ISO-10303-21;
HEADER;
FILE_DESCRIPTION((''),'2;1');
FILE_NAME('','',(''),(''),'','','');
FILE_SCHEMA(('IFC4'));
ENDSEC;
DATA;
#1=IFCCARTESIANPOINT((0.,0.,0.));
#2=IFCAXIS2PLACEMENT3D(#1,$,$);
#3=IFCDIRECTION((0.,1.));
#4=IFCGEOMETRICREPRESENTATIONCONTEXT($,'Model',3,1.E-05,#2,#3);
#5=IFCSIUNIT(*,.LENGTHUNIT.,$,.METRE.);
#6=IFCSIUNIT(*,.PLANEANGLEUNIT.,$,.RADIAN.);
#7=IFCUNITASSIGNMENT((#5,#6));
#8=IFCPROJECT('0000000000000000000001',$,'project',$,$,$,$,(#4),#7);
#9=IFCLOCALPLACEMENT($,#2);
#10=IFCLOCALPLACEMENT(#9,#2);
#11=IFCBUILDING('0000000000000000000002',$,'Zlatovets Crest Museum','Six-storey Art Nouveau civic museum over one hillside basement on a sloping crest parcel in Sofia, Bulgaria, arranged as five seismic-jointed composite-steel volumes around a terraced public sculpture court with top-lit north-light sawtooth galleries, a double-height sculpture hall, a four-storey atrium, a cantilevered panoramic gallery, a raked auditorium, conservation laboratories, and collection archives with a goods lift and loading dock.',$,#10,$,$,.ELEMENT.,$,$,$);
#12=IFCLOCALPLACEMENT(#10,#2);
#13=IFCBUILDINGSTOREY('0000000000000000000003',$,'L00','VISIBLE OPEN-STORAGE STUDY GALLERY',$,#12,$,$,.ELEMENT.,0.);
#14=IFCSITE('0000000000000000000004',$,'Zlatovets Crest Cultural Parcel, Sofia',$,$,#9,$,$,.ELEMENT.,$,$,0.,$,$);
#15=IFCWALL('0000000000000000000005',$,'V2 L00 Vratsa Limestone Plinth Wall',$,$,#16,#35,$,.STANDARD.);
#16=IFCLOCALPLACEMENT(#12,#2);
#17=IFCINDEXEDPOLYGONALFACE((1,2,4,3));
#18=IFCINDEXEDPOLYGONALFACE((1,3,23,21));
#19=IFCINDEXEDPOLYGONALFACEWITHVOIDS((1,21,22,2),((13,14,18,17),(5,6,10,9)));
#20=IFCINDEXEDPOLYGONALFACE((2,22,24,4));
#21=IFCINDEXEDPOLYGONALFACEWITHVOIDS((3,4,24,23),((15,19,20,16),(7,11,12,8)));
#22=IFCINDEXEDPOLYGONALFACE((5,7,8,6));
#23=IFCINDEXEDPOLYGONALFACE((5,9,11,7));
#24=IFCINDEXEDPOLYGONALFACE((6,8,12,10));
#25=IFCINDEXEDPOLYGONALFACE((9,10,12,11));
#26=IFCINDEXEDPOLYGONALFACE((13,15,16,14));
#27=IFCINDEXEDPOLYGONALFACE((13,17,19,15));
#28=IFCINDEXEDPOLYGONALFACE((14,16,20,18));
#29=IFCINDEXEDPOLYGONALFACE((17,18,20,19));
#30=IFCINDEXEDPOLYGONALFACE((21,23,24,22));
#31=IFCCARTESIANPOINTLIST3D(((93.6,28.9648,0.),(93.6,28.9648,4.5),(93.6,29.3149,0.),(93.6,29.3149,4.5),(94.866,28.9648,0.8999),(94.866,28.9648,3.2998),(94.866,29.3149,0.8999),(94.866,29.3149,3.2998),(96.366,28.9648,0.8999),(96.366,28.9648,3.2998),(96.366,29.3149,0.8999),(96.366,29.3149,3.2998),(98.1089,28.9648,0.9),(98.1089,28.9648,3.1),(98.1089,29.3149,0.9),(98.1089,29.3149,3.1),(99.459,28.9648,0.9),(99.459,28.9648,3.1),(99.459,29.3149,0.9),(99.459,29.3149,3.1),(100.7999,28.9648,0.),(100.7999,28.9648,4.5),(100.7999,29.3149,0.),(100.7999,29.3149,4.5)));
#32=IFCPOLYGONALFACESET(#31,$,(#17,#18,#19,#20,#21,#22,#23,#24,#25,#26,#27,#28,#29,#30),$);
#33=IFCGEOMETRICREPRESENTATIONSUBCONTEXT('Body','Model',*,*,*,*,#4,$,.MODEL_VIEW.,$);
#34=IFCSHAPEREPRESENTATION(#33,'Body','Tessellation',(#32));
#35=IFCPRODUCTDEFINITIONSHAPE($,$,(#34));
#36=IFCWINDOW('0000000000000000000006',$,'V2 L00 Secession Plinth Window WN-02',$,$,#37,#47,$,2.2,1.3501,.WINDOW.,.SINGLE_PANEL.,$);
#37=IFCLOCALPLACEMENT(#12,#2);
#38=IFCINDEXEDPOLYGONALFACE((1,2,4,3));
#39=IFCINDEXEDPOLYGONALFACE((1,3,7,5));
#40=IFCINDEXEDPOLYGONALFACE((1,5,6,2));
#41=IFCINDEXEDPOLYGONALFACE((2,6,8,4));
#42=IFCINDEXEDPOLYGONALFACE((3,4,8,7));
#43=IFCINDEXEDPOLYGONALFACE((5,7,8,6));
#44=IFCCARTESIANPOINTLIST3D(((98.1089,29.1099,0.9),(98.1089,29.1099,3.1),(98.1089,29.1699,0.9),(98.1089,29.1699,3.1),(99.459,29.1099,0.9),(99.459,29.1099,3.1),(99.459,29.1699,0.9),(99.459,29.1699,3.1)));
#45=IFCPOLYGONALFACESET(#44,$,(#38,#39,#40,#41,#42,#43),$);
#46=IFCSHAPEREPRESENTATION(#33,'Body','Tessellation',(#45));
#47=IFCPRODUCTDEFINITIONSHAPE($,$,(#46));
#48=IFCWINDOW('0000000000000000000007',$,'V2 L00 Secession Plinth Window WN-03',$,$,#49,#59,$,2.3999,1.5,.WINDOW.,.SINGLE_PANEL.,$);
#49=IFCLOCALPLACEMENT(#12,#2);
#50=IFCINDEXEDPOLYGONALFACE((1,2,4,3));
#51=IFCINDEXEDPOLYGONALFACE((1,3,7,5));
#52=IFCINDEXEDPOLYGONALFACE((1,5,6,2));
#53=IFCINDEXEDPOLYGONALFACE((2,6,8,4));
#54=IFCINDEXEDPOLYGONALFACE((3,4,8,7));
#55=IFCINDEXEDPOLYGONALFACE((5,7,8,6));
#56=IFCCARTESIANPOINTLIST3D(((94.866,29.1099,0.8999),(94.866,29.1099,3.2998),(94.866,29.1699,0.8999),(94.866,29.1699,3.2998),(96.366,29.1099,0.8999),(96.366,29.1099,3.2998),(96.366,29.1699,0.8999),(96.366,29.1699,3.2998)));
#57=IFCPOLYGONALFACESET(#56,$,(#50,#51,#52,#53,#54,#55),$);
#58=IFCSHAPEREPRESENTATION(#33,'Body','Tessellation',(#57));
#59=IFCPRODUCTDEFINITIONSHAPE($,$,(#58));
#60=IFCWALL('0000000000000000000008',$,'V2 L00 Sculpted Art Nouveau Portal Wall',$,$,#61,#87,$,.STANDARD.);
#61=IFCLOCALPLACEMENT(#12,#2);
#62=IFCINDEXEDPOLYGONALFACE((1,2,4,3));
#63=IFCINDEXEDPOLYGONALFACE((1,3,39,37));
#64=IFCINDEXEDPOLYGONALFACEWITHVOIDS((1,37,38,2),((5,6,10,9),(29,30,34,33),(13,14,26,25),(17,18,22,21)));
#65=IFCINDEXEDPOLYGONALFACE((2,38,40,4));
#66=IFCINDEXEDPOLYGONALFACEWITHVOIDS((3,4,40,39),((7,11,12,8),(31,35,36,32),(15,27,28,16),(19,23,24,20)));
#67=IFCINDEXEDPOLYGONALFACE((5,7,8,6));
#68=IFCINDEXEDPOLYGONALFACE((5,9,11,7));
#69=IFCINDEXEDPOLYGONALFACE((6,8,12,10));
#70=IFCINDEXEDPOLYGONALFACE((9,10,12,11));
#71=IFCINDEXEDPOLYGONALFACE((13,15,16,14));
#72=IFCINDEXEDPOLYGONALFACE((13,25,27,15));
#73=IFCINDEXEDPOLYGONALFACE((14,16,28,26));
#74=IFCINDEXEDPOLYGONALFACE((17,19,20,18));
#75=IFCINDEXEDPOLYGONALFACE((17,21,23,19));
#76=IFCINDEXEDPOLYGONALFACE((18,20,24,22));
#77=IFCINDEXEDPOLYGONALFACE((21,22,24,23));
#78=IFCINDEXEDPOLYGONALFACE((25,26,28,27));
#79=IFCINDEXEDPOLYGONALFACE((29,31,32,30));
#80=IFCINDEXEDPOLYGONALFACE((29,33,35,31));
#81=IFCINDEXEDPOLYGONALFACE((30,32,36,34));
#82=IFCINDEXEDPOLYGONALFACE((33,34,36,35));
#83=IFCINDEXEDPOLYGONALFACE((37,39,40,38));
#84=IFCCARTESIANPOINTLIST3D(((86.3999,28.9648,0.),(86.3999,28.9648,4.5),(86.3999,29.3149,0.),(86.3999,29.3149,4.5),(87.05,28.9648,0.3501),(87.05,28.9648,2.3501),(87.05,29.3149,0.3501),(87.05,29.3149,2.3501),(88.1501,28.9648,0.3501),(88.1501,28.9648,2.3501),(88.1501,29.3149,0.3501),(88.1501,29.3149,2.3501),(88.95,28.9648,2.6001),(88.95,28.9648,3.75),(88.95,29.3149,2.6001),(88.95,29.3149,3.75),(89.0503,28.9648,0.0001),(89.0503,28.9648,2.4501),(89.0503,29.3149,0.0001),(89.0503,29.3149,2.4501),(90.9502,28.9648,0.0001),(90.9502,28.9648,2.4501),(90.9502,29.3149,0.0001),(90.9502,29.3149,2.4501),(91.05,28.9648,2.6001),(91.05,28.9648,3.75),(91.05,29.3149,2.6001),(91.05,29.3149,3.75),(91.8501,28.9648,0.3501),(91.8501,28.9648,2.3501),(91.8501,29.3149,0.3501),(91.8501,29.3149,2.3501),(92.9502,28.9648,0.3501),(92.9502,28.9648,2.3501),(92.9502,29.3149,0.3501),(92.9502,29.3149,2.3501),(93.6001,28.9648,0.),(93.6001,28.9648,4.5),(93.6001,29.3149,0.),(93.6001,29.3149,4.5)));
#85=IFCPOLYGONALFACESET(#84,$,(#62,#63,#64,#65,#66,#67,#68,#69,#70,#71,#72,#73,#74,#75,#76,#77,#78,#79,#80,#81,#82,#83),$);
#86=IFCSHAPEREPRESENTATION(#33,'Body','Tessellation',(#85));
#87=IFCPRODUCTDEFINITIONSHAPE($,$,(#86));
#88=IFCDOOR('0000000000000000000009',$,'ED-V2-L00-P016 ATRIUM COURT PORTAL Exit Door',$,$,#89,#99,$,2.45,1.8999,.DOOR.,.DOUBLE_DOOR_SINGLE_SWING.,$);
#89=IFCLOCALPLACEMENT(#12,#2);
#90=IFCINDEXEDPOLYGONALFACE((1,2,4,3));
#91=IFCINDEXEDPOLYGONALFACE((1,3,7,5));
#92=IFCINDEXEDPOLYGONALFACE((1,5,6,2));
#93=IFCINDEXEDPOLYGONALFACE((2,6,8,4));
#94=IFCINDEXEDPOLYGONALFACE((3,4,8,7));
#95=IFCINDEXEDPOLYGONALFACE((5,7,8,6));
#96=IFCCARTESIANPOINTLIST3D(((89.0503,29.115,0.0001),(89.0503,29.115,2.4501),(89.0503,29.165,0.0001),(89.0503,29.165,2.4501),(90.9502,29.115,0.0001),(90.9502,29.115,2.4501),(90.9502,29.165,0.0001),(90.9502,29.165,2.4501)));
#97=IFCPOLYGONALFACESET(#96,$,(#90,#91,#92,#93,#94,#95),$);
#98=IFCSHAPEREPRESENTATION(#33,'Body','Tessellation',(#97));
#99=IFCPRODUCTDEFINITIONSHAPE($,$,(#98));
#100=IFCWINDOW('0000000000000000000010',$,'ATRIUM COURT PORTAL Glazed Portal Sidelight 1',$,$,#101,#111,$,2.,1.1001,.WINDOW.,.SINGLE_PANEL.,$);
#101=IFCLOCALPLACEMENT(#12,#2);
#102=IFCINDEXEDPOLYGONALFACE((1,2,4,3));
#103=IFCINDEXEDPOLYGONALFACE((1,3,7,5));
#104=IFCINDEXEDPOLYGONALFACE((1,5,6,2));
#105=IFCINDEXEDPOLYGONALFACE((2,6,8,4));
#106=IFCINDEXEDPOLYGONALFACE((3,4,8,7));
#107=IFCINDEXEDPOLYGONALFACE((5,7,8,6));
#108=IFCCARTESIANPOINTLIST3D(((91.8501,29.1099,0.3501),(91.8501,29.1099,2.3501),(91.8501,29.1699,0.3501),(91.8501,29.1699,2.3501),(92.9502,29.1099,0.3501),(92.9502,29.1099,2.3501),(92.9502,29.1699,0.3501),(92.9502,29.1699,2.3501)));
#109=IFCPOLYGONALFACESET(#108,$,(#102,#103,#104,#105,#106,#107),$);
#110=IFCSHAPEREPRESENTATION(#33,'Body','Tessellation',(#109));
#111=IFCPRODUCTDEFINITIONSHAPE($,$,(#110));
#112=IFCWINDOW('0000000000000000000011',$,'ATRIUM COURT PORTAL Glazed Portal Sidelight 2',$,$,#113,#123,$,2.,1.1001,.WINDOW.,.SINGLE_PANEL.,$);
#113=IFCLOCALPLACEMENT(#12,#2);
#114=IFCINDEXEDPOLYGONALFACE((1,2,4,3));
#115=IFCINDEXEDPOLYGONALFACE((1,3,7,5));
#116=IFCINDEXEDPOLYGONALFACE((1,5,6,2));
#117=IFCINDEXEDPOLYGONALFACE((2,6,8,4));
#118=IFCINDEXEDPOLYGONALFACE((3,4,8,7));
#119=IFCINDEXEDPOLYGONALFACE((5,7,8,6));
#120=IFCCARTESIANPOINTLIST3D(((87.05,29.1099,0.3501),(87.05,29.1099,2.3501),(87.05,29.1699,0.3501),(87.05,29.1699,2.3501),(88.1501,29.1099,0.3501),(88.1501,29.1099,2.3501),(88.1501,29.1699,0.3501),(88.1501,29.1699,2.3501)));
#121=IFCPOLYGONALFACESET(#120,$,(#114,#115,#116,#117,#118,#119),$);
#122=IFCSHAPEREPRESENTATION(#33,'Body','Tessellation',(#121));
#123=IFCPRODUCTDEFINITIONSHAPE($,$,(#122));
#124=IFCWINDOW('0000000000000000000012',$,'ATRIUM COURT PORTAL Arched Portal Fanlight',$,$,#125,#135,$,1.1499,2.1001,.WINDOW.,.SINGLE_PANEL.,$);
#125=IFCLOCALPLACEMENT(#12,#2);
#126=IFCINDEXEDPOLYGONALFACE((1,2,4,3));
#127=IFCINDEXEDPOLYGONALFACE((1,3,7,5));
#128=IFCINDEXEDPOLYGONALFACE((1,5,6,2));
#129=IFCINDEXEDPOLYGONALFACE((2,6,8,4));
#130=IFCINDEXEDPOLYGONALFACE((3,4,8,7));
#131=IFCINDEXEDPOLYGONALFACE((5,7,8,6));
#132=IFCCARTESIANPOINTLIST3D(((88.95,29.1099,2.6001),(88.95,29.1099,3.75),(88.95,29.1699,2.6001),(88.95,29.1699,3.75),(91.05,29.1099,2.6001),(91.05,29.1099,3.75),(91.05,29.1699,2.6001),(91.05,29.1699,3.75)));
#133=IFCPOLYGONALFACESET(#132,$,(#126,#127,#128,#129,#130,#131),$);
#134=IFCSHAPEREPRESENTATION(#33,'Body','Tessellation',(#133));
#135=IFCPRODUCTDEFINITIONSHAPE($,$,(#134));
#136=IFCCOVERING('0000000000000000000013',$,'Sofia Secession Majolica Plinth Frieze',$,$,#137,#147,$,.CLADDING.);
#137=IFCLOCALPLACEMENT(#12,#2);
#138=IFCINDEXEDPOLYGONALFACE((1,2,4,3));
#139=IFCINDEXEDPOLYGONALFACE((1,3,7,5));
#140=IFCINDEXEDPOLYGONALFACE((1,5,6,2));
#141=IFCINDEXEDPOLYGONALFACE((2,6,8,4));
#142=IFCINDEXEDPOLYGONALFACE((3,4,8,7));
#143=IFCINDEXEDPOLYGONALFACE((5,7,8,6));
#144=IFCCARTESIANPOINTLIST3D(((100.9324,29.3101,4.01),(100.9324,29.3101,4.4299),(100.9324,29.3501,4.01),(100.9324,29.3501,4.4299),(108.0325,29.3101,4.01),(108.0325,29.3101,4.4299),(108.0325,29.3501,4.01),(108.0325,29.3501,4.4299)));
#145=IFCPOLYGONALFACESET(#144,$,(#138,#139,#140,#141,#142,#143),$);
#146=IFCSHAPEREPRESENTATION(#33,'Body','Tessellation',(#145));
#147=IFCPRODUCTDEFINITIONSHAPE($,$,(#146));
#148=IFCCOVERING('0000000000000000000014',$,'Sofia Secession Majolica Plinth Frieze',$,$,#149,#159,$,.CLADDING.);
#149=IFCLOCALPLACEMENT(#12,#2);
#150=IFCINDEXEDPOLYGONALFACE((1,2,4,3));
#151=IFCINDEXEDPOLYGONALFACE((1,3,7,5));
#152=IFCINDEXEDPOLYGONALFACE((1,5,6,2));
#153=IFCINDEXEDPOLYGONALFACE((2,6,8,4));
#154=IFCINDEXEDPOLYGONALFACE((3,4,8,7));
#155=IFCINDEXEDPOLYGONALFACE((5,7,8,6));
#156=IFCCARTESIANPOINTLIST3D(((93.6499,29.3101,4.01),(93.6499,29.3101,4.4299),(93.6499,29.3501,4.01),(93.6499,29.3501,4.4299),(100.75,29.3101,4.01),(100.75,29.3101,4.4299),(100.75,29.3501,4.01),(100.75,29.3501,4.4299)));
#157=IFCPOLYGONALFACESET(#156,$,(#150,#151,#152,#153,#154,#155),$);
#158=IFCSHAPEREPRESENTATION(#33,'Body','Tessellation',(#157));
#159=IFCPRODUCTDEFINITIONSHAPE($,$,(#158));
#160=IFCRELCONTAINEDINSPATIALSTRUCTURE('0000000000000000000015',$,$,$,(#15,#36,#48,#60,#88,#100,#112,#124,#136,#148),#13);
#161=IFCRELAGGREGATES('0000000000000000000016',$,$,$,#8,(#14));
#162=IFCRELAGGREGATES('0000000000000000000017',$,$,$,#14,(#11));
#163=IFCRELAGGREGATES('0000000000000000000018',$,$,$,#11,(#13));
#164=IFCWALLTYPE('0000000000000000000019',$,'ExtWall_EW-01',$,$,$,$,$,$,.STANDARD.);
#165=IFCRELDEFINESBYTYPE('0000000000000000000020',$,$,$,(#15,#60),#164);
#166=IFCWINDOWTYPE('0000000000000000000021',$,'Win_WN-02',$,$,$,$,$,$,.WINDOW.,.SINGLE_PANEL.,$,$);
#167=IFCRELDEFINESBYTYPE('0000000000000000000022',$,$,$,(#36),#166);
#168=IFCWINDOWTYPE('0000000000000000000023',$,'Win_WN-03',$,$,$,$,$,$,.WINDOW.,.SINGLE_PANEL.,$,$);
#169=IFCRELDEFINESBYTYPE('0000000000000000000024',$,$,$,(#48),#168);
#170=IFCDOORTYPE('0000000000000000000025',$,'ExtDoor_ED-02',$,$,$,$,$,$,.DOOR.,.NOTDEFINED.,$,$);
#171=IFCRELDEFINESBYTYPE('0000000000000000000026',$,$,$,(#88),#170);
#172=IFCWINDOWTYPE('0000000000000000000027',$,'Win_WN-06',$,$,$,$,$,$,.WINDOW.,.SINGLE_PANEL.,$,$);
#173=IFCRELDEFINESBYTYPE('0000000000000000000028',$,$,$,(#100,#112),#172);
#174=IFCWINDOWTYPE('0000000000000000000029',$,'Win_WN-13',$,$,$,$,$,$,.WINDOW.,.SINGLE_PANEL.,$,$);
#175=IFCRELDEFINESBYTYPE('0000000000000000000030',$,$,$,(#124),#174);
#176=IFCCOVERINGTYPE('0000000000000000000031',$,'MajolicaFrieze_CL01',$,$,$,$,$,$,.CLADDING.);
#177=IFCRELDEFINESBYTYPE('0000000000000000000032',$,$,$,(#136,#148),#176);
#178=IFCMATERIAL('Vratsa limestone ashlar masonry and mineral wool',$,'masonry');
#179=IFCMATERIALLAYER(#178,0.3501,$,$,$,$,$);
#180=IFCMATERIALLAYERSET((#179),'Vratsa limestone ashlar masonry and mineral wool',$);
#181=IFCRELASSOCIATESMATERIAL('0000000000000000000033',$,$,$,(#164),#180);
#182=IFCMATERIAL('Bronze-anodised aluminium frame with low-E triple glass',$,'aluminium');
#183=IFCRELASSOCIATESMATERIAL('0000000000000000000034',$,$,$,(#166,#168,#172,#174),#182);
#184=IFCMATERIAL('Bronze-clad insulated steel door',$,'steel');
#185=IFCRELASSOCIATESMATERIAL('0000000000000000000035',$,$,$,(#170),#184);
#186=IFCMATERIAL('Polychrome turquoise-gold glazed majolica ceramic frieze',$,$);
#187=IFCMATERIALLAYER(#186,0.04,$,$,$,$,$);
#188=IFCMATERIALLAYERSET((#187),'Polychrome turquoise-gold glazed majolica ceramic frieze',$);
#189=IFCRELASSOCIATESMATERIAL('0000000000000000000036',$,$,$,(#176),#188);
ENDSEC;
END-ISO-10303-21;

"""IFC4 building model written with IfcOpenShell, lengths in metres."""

from ifc_helpers import new_model, si_unit, direction, frame, frame_2d, origin, origin_2d, place, context, subcontext, project, spatial, rectangle, extrude, material, layer, layer_set, type_object, element, fill, save


model = new_model("IFC4")

# Units and contexts
model_context = context("Model", 3, precision=1e-05, world=origin(), true_north=direction((0.0, 1.0)))
body_context = subcontext(model_context, "Body", "Model", "MODEL_VIEW")
ifc_project = project(units=[si_unit("LENGTHUNIT", "METRE"), si_unit("PLANEANGLEUNIT", "RADIAN")], contexts=[model_context])

# Site, building, storey
site_placement = place(None, origin())
site = spatial("IfcSite", under=ifc_project, at=site_placement, Name="Zlatovets Crest Cultural Parcel, Sofia", CompositionType="ELEMENT", RefElevation=0.0)
building_placement = place(site_placement, origin())
building = spatial("IfcBuilding", under=site, at=building_placement, Name="Zlatovets Crest Museum", Description="Six-storey Art Nouveau civic museum over one hillside basement on a sloping crest parcel in Sofia, Bulgaria, arranged as five seismic-jointed composite-steel volumes around a terraced public sculpture court with top-lit north-light sawtooth galleries, a double-height sculpture hall, a four-storey atrium, a cantilevered panoramic gallery, a raked auditorium, conservation laboratories, and collection archives with a goods lift and loading dock.", CompositionType="ELEMENT")
storey_placement = place(building_placement, origin())
storey = spatial("IfcBuildingStorey", under=building, at=storey_placement, Name="L00", Description="VISIBLE OPEN-STORAGE STUDY GALLERY", CompositionType="ELEMENT", Elevation=0.0)

# Wall, openings, windows
ifc_material_1 = material(Name="Vratsa limestone ashlar masonry and mineral wool", Category="masonry")
ifc_layer_1 = layer(ifc_material_1, 0.3501)
ifc_layer_set_1 = layer_set([ifc_layer_1], Name="Vratsa limestone ashlar masonry and mineral wool")
wall_type = type_object("IfcWallType", Name="ExtWall_EW-01", PredefinedType="STANDARD", material=ifc_layer_set_1)
ifc_material_2 = material(Name="Bronze-anodised aluminium frame with low-E triple glass", Category="aluminium")
wall_1_placement = place(storey_placement, frame((100.8, 29.1399, 0.0), z_axis=(0.0, 0.0, 1.0), x_axis=(-1.0, 0.0, 0.0)))
wall_1 = element("IfcWall", 1, at=wall_1_placement, inside=storey, type_object=wall_type, Name="V2 L00 Vratsa Limestone Plinth Wall", PredefinedType="STANDARD", context=body_context, shape_type="SweptSolid", body=[
    extrude(rectangle(XDim=7.2, YDim=0.3501, at=frame_2d((3.6001, 0.0))), origin(), (0.0, 0.0, 1.0), 4.5),
])
opening_1_placement = place(wall_1_placement, frame((1.3411, 0.0, 0.8999)))
opening_1 = element("IfcOpeningElement", 2, at=opening_1_placement, cuts=wall_1, PredefinedType="OPENING", context=body_context, shape_type="SweptSolid", body=[
    extrude(rectangle(XDim=1.3501, YDim=2.2, at=frame_2d((0.675, 1.1001))), frame((0.0, 0.1851, 0.0), z_axis=(0.0, -1.0, 0.0), x_axis=(1.0, 0.0, 0.0)), (0.0, 0.0, 1.0), 0.3701),
])
opening_2_placement = place(wall_1_placement, frame((4.4341, 0.0, 0.8999)))
opening_2 = element("IfcOpeningElement", 3, at=opening_2_placement, cuts=wall_1, PredefinedType="OPENING", context=body_context, shape_type="SweptSolid", body=[
    extrude(rectangle(XDim=1.5, YDim=2.3999, at=frame_2d((0.75, 1.2))), frame((0.0, 0.1851, 0.0), z_axis=(0.0, -1.0, 0.0), x_axis=(1.0, 0.0, 0.0)), (0.0, 0.0, 1.0), 0.3701),
])
window_type_1 = type_object("IfcWindowType", Name="Win_WN-02", PartitioningType="SINGLE_PANEL", PredefinedType="WINDOW", material=ifc_material_2)
window_1_placement = place(opening_1_placement, origin())
window_1 = element("IfcWindow", 4, at=window_1_placement, inside=storey, type_object=window_type_1, Name="V2 L00 Secession Plinth Window WN-02", OverallHeight=2.2, OverallWidth=1.3501, PartitioningType="SINGLE_PANEL", PredefinedType="WINDOW", context=body_context, shape_type="SweptSolid", body=[
    extrude(rectangle(XDim=1.3501, YDim=2.2, at=frame_2d((0.675, 1.1001))), frame((0.0, 0.03, 0.0), z_axis=(0.0, -1.0, 0.0), x_axis=(1.0, 0.0, 0.0)), (0.0, 0.0, 1.0), 0.0601),
])
fill(opening_1, window_1)
window_type_2 = type_object("IfcWindowType", Name="Win_WN-03", PartitioningType="SINGLE_PANEL", PredefinedType="WINDOW", material=ifc_material_2)
window_2_placement = place(opening_2_placement, origin())
window_2 = element("IfcWindow", 5, at=window_2_placement, inside=storey, type_object=window_type_2, Name="V2 L00 Secession Plinth Window WN-03", OverallHeight=2.3999, OverallWidth=1.5, PartitioningType="SINGLE_PANEL", PredefinedType="WINDOW", context=body_context, shape_type="SweptSolid", body=[
    extrude(rectangle(XDim=1.5, YDim=2.3999, at=frame_2d((0.75, 1.2))), frame((0.0, 0.03, 0.0), z_axis=(0.0, -1.0, 0.0), x_axis=(1.0, 0.0, 0.0)), (0.0, 0.0, 1.0), 0.0601),
])
fill(opening_2, window_2)

# Wall, openings, door, windows
wall_2_placement = place(storey_placement, frame((93.6001, 29.1399, 0.0), z_axis=(0.0, 0.0, 1.0), x_axis=(-1.0, 0.0, 0.0)))
wall_2 = element("IfcWall", 6, at=wall_2_placement, inside=storey, type_object=wall_type, Name="V2 L00 Sculpted Art Nouveau Portal Wall", PredefinedType="STANDARD", context=body_context, shape_type="SweptSolid", body=[
    extrude(rectangle(XDim=7.2002, YDim=0.3501, at=frame_2d((3.6001, 0.0))), origin(), (0.0, 0.0, 1.0), 4.5),
])
opening_3_placement = place(wall_2_placement, frame((2.6499, 0.0, 0.0)))
opening_3 = element("IfcOpeningElement", 7, at=opening_3_placement, cuts=wall_2, PredefinedType="OPENING", context=body_context, shape_type="SweptSolid", body=[
    extrude(rectangle(XDim=1.8999, YDim=2.45, at=frame_2d((0.95, 1.2251))), frame((0.0, 0.1851, 0.0), z_axis=(0.0, -1.0, 0.0), x_axis=(1.0, 0.0, 0.0)), (0.0, 0.0, 1.0), 0.3701),
])
opening_4_placement = place(wall_2_placement, frame((2.55, 0.0, 2.6001)))
opening_4 = element("IfcOpeningElement", 8, at=opening_4_placement, cuts=wall_2, PredefinedType="OPENING", context=body_context, shape_type="SweptSolid", body=[
    extrude(rectangle(XDim=2.1001, YDim=1.1499, at=frame_2d((1.05, 0.575))), frame((0.0, 0.1851, 0.0), z_axis=(0.0, -1.0, 0.0), x_axis=(1.0, 0.0, 0.0)), (0.0, 0.0, 1.0), 0.3701),
])
opening_5_placement = place(wall_2_placement, frame((0.6499, 0.0, 0.3501)))
opening_5 = element("IfcOpeningElement", 9, at=opening_5_placement, cuts=wall_2, PredefinedType="OPENING", context=body_context, shape_type="SweptSolid", body=[
    extrude(rectangle(XDim=1.1001, YDim=2.0, at=frame_2d((0.55, 1.0))), frame((0.0, 0.1851, 0.0), z_axis=(0.0, -1.0, 0.0), x_axis=(1.0, 0.0, 0.0)), (0.0, 0.0, 1.0), 0.3701),
])
opening_6_placement = place(wall_2_placement, frame((5.45, 0.0, 0.3501)))
opening_6 = element("IfcOpeningElement", 10, at=opening_6_placement, cuts=wall_2, PredefinedType="OPENING", context=body_context, shape_type="SweptSolid", body=[
    extrude(rectangle(XDim=1.1001, YDim=2.0, at=frame_2d((0.55, 1.0))), frame((0.0, 0.1851, 0.0), z_axis=(0.0, -1.0, 0.0), x_axis=(1.0, 0.0, 0.0)), (0.0, 0.0, 1.0), 0.3701),
])
ifc_material_3 = material(Name="Bronze-clad insulated steel door", Category="steel")
door_type = type_object("IfcDoorType", Name="ExtDoor_ED-02", OperationType="NOTDEFINED", PredefinedType="DOOR", material=ifc_material_3)
door_placement = place(opening_3_placement, origin())
door = element("IfcDoor", 11, at=door_placement, inside=storey, type_object=door_type, Name="ED-V2-L00-P016 ATRIUM COURT PORTAL Exit Door", OperationType="DOUBLE_DOOR_SINGLE_SWING", OverallHeight=2.45, OverallWidth=1.8999, PredefinedType="DOOR", context=body_context, shape_type="SweptSolid", body=[
    extrude(rectangle(XDim=1.8999, YDim=2.45, at=frame_2d((0.95, 1.2251))), frame((0.0, 0.0249, 0.0), z_axis=(0.0, -1.0, 0.0), x_axis=(1.0, 0.0, 0.0)), (0.0, 0.0, 1.0), 0.05),
])
fill(opening_3, door)
window_type_3 = type_object("IfcWindowType", Name="Win_WN-06", PartitioningType="SINGLE_PANEL", PredefinedType="WINDOW", material=ifc_material_2)
window_3_placement = place(opening_5_placement, origin())
window_3 = element("IfcWindow", 12, at=window_3_placement, inside=storey, type_object=window_type_3, Name="ATRIUM COURT PORTAL Glazed Portal Sidelight 1", OverallHeight=2.0, OverallWidth=1.1001, PartitioningType="SINGLE_PANEL", PredefinedType="WINDOW", context=body_context, shape_type="SweptSolid", body=[
    extrude(rectangle(XDim=1.1001, YDim=2.0, at=frame_2d((0.55, 1.0))), frame((0.0, 0.03, 0.0), z_axis=(0.0, -1.0, 0.0), x_axis=(1.0, 0.0, 0.0)), (0.0, 0.0, 1.0), 0.0601),
])
fill(opening_5, window_3)
window_4_placement = place(opening_6_placement, origin())
window_4 = element("IfcWindow", 13, at=window_4_placement, inside=storey, type_object=window_type_3, Name="ATRIUM COURT PORTAL Glazed Portal Sidelight 2", OverallHeight=2.0, OverallWidth=1.1001, PartitioningType="SINGLE_PANEL", PredefinedType="WINDOW", context=body_context, shape_type="SweptSolid", body=[
    extrude(rectangle(XDim=1.1001, YDim=2.0, at=frame_2d((0.55, 1.0))), frame((0.0, 0.03, 0.0), z_axis=(0.0, -1.0, 0.0), x_axis=(1.0, 0.0, 0.0)), (0.0, 0.0, 1.0), 0.0601),
])
fill(opening_6, window_4)
window_type_4 = type_object("IfcWindowType", Name="Win_WN-13", PartitioningType="SINGLE_PANEL", PredefinedType="WINDOW", material=ifc_material_2)
window_5_placement = place(opening_4_placement, origin())
window_5 = element("IfcWindow", 14, at=window_5_placement, inside=storey, type_object=window_type_4, Name="ATRIUM COURT PORTAL Arched Portal Fanlight", OverallHeight=1.1499, OverallWidth=2.1001, PartitioningType="SINGLE_PANEL", PredefinedType="WINDOW", context=body_context, shape_type="SweptSolid", body=[
    extrude(rectangle(XDim=2.1001, YDim=1.1499, at=frame_2d((1.05, 0.575))), frame((0.0, 0.03, 0.0), z_axis=(0.0, -1.0, 0.0), x_axis=(1.0, 0.0, 0.0)), (0.0, 0.0, 1.0), 0.0601),
])
fill(opening_4, window_5)

# Coverings
ifc_material_4 = material(Name="Polychrome turquoise-gold glazed majolica ceramic frieze")
ifc_layer_2 = layer(ifc_material_4, 0.04)
ifc_layer_set_2 = layer_set([ifc_layer_2], Name="Polychrome turquoise-gold glazed majolica ceramic frieze")
covering_type = type_object("IfcCoveringType", Name="MajolicaFrieze_CL01", PredefinedType="CLADDING", material=ifc_layer_set_2)
for number, where, z_axis, x_axis, name in (
    (15, (104.4824, 29.3301, 4.01), (0.0, 0.0, 1.0), (1.0, 0.0, 0.0), "Sofia Secession Majolica Plinth Frieze"),
    (16, (97.2, 29.3301, 4.01), (0.0, 0.0, 1.0), (1.0, 0.0, 0.0), "Sofia Secession Majolica Plinth Frieze"),
):
    element("IfcCovering", number, at=place(storey_placement, frame(where, z_axis=z_axis, x_axis=x_axis)), inside=storey, type_object=covering_type, Name=name, PredefinedType="CLADDING", context=body_context, shape_type="SweptSolid", body=[
        extrude(rectangle(XDim=7.1001, YDim=0.04, at=origin_2d()), origin(), (0.0, 0.0, 1.0), 0.4199),
    ])

save(model, "model.ifc")
